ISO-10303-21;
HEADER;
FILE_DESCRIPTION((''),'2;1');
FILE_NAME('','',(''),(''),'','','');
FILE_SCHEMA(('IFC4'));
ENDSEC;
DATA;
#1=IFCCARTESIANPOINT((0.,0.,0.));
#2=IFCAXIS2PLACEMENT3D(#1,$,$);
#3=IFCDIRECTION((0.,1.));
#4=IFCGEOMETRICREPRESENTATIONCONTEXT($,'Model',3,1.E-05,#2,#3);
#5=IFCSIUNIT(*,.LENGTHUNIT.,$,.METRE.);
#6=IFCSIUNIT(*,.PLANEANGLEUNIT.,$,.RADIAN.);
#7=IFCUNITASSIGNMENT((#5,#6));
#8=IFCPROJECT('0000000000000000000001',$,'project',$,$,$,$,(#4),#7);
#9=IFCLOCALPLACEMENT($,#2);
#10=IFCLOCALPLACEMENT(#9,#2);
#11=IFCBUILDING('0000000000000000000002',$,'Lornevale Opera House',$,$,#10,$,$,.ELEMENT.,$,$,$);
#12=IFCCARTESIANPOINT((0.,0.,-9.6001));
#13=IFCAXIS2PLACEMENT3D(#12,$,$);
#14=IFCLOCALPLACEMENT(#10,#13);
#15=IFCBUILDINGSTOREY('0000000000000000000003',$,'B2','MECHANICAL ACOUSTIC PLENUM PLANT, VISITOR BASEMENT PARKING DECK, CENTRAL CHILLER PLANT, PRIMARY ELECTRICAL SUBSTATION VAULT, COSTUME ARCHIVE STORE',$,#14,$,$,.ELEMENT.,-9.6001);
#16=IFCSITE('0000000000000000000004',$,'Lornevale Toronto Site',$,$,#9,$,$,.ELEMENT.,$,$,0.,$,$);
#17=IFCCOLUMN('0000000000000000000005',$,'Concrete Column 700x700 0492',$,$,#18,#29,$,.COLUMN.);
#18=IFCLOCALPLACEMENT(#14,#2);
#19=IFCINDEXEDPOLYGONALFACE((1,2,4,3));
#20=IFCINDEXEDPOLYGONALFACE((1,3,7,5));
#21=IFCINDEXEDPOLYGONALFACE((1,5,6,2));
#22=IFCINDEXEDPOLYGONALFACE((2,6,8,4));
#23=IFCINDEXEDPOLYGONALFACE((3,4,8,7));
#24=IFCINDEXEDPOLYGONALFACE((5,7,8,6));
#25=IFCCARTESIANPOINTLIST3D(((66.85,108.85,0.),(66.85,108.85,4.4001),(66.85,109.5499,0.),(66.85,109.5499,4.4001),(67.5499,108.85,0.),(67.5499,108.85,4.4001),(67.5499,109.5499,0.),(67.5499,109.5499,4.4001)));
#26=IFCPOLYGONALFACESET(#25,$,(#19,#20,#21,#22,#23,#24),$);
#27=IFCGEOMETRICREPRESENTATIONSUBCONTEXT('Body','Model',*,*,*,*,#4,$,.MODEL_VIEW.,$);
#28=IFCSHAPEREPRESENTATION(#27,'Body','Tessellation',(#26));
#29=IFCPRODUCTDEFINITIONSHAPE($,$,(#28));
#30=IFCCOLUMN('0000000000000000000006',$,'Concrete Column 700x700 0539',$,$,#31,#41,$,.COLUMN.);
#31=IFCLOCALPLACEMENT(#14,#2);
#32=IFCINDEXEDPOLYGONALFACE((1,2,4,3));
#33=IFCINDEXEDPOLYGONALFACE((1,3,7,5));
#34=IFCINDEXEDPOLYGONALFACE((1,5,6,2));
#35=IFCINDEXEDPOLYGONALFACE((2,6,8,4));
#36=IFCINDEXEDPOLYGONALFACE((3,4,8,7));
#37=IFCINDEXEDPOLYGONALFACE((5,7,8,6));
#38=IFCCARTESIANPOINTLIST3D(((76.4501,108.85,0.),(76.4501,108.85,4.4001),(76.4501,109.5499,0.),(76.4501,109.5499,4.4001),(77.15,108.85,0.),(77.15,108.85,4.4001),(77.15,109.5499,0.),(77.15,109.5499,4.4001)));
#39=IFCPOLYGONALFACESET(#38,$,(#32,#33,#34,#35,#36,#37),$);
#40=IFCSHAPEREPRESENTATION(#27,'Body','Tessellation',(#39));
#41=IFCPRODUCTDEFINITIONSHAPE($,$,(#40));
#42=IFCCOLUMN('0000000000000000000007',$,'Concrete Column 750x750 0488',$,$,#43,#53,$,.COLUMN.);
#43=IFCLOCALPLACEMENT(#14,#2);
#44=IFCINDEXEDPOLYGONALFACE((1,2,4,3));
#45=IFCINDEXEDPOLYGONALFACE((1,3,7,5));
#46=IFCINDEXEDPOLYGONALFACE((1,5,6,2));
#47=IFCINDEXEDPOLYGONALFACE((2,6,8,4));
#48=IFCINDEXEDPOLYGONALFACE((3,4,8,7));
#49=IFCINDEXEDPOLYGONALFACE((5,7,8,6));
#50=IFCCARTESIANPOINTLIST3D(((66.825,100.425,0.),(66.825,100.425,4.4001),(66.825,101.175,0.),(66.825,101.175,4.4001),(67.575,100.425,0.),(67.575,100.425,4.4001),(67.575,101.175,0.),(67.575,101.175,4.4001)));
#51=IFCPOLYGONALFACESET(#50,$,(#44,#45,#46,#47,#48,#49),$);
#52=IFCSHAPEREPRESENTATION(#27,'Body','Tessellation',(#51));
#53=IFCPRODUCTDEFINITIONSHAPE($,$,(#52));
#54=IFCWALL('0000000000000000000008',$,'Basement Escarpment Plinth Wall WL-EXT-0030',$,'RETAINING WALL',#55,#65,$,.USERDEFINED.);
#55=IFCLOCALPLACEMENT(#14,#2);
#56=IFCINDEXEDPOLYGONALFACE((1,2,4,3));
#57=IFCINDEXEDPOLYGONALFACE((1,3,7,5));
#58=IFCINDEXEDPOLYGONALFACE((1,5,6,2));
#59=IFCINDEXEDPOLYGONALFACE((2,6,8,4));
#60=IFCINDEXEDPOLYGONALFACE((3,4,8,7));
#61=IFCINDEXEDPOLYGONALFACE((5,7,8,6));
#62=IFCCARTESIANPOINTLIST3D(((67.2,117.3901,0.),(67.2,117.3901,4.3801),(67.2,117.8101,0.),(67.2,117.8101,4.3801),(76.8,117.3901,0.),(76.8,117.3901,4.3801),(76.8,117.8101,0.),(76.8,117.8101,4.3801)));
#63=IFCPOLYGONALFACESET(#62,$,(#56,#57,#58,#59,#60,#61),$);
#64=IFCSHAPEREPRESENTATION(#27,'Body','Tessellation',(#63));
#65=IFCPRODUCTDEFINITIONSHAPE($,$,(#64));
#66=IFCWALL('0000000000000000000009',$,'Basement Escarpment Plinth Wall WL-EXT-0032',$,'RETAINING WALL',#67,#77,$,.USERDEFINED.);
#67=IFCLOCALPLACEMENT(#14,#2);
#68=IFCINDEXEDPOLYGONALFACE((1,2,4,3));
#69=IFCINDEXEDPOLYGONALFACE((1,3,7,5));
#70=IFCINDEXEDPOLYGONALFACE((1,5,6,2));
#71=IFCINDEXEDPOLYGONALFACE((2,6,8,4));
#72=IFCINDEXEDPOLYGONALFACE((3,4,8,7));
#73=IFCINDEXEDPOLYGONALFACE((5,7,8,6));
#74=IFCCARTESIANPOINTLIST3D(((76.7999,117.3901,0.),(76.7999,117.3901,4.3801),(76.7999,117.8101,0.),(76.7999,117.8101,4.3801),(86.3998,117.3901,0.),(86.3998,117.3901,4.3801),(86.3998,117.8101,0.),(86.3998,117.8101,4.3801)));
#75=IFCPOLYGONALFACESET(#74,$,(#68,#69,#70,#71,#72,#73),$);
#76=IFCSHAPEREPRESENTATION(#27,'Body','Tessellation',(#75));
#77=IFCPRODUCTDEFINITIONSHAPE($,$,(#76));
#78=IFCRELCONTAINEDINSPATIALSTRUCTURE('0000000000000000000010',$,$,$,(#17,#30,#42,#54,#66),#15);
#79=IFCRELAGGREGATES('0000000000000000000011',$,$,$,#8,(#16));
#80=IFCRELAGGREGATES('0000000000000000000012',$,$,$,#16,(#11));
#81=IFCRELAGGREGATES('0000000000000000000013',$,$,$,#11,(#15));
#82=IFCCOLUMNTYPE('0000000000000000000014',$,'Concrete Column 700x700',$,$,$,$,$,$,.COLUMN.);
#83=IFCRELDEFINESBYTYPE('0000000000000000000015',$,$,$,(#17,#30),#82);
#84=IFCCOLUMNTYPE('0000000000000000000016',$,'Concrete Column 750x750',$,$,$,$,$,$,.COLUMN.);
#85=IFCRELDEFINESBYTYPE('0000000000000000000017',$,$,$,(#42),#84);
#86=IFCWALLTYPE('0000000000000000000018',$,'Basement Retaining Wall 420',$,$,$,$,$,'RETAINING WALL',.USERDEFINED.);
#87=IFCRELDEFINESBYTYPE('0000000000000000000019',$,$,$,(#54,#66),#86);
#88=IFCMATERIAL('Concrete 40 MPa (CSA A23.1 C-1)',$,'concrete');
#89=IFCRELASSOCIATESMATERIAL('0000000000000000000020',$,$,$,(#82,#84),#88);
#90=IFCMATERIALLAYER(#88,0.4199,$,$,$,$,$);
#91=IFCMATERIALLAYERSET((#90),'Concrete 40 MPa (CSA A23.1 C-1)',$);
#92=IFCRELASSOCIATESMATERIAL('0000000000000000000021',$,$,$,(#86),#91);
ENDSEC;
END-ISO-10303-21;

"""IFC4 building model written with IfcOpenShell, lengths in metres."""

from ifc_helpers import new_model, si_unit, direction, frame, frame_2d, origin, origin_2d, place, context, subcontext, project, spatial, rectangle, extrude, material, layer, layer_set, material_profile, profile_set, type_object, element, save


model = new_model("IFC4")

# Units and contexts
model_context = context("Model", 3, precision=1e-05, world=origin(), true_north=direction((0.0, 1.0)))
body_context = subcontext(model_context, "Body", "Model", "MODEL_VIEW")
ifc_project = project(units=[si_unit("LENGTHUNIT", "METRE"), si_unit("PLANEANGLEUNIT", "RADIAN")], contexts=[model_context])

# Site, building, storey
site_placement = place(None, origin())
site = spatial("IfcSite", under=ifc_project, at=site_placement, Name="Lornevale Toronto Site", CompositionType="ELEMENT", RefElevation=0.0)
building_placement = place(site_placement, origin())
building = spatial("IfcBuilding", under=site, at=building_placement, Name="Lornevale Opera House", CompositionType="ELEMENT")
storey_placement = place(building_placement, frame((0.0, 0.0, -9.6001)))
storey = spatial("IfcBuildingStorey", under=building, at=storey_placement, Name="B2", Description="MECHANICAL ACOUSTIC PLENUM PLANT, VISITOR BASEMENT PARKING DECK, CENTRAL CHILLER PLANT, PRIMARY ELECTRICAL SUBSTATION VAULT, COSTUME ARCHIVE STORE", CompositionType="ELEMENT", Elevation=-9.6001)

# Shared definitions
ifc_material_1 = material(Name="Concrete 40 MPa (CSA A23.1 C-1)", Category="concrete")

# Columns
ifc_material_profile_1 = material_profile(ifc_material_1, rectangle(XDim=0.7, YDim=0.7, at=origin_2d()), Name="RC700x700")
ifc_profile_set_1 = profile_set([ifc_material_profile_1], Name="Concrete 40 MPa (CSA A23.1 C-1)")
column_type_1 = type_object("IfcColumnType", Name="Concrete Column 700x700", PredefinedType="COLUMN", material=ifc_profile_set_1)
for number, where, z_axis, x_axis, name in (
    (1, (67.2, 109.2, 0.0), (0.0, 0.0, 1.0), (1.0, 0.0, 0.0), "Concrete Column 700x700 0492"),
    (2, (76.8, 109.2, 0.0), (0.0, 0.0, 1.0), (1.0, 0.0, 0.0), "Concrete Column 700x700 0539"),
):
    element("IfcColumn", number, at=place(storey_placement, frame(where, z_axis=z_axis, x_axis=x_axis)), inside=storey, type_object=column_type_1, Name=name, PredefinedType="COLUMN", context=body_context, shape_type="SweptSolid", body=[
        extrude(rectangle(XDim=0.7, YDim=0.7, at=origin_2d()), origin(), (0.0, 0.0, 1.0), 4.4001),
    ])
ifc_material_profile_2 = material_profile(ifc_material_1, rectangle(XDim=0.75, YDim=0.75, at=origin_2d()), Name="RC750x750")
ifc_profile_set_2 = profile_set([ifc_material_profile_2], Name="Concrete 40 MPa (CSA A23.1 C-1)")
column_type_2 = type_object("IfcColumnType", Name="Concrete Column 750x750", PredefinedType="COLUMN", material=ifc_profile_set_2)
column_placement = place(storey_placement, frame((67.2, 100.8, 0.0), z_axis=(0.0, 0.0, 1.0), x_axis=(1.0, 0.0, 0.0)))
element("IfcColumn", 3, at=column_placement, inside=storey, type_object=column_type_2, Name="Concrete Column 750x750 0488", PredefinedType="COLUMN", context=body_context, shape_type="SweptSolid", body=[
    extrude(rectangle(XDim=0.75, YDim=0.75, at=origin_2d()), origin(), (0.0, 0.0, 1.0), 4.4001),
])

# Walls
ifc_layer_1 = layer(ifc_material_1, 0.4199)
ifc_layer_set_1 = layer_set([ifc_layer_1], Name="Concrete 40 MPa (CSA A23.1 C-1)")
wall_type = type_object("IfcWallType", Name="Basement Retaining Wall 420", ElementType="RETAINING WALL", PredefinedType="USERDEFINED", material=ifc_layer_set_1)
wall_1_placement = place(storey_placement, frame((67.2, 117.6001, 0.0), z_axis=(0.0, 0.0, 1.0), x_axis=(1.0, 0.0, 0.0)))
element("IfcWall", 4, at=wall_1_placement, inside=storey, type_object=wall_type, Name="Basement Escarpment Plinth Wall WL-EXT-0030", ObjectType="RETAINING WALL", PredefinedType="USERDEFINED", context=body_context, shape_type="SweptSolid", body=[
    extrude(rectangle(XDim=9.6001, YDim=0.4199, at=frame_2d((4.8, 0.0))), origin(), (0.0, 0.0, 1.0), 4.3801),
])
wall_2_placement = place(storey_placement, frame((76.8, 117.6001, 0.0), z_axis=(0.0, 0.0, 1.0), x_axis=(1.0, 0.0, 0.0)))
element("IfcWall", 5, at=wall_2_placement, inside=storey, type_object=wall_type, Name="Basement Escarpment Plinth Wall WL-EXT-0032", ObjectType="RETAINING WALL", PredefinedType="USERDEFINED", context=body_context, shape_type="SweptSolid", body=[
    extrude(rectangle(XDim=9.5999, YDim=0.4199, at=frame_2d((4.7998, 0.0))), origin(), (0.0, 0.0, 1.0), 4.3801),
])

save(model, "model.ifc")
